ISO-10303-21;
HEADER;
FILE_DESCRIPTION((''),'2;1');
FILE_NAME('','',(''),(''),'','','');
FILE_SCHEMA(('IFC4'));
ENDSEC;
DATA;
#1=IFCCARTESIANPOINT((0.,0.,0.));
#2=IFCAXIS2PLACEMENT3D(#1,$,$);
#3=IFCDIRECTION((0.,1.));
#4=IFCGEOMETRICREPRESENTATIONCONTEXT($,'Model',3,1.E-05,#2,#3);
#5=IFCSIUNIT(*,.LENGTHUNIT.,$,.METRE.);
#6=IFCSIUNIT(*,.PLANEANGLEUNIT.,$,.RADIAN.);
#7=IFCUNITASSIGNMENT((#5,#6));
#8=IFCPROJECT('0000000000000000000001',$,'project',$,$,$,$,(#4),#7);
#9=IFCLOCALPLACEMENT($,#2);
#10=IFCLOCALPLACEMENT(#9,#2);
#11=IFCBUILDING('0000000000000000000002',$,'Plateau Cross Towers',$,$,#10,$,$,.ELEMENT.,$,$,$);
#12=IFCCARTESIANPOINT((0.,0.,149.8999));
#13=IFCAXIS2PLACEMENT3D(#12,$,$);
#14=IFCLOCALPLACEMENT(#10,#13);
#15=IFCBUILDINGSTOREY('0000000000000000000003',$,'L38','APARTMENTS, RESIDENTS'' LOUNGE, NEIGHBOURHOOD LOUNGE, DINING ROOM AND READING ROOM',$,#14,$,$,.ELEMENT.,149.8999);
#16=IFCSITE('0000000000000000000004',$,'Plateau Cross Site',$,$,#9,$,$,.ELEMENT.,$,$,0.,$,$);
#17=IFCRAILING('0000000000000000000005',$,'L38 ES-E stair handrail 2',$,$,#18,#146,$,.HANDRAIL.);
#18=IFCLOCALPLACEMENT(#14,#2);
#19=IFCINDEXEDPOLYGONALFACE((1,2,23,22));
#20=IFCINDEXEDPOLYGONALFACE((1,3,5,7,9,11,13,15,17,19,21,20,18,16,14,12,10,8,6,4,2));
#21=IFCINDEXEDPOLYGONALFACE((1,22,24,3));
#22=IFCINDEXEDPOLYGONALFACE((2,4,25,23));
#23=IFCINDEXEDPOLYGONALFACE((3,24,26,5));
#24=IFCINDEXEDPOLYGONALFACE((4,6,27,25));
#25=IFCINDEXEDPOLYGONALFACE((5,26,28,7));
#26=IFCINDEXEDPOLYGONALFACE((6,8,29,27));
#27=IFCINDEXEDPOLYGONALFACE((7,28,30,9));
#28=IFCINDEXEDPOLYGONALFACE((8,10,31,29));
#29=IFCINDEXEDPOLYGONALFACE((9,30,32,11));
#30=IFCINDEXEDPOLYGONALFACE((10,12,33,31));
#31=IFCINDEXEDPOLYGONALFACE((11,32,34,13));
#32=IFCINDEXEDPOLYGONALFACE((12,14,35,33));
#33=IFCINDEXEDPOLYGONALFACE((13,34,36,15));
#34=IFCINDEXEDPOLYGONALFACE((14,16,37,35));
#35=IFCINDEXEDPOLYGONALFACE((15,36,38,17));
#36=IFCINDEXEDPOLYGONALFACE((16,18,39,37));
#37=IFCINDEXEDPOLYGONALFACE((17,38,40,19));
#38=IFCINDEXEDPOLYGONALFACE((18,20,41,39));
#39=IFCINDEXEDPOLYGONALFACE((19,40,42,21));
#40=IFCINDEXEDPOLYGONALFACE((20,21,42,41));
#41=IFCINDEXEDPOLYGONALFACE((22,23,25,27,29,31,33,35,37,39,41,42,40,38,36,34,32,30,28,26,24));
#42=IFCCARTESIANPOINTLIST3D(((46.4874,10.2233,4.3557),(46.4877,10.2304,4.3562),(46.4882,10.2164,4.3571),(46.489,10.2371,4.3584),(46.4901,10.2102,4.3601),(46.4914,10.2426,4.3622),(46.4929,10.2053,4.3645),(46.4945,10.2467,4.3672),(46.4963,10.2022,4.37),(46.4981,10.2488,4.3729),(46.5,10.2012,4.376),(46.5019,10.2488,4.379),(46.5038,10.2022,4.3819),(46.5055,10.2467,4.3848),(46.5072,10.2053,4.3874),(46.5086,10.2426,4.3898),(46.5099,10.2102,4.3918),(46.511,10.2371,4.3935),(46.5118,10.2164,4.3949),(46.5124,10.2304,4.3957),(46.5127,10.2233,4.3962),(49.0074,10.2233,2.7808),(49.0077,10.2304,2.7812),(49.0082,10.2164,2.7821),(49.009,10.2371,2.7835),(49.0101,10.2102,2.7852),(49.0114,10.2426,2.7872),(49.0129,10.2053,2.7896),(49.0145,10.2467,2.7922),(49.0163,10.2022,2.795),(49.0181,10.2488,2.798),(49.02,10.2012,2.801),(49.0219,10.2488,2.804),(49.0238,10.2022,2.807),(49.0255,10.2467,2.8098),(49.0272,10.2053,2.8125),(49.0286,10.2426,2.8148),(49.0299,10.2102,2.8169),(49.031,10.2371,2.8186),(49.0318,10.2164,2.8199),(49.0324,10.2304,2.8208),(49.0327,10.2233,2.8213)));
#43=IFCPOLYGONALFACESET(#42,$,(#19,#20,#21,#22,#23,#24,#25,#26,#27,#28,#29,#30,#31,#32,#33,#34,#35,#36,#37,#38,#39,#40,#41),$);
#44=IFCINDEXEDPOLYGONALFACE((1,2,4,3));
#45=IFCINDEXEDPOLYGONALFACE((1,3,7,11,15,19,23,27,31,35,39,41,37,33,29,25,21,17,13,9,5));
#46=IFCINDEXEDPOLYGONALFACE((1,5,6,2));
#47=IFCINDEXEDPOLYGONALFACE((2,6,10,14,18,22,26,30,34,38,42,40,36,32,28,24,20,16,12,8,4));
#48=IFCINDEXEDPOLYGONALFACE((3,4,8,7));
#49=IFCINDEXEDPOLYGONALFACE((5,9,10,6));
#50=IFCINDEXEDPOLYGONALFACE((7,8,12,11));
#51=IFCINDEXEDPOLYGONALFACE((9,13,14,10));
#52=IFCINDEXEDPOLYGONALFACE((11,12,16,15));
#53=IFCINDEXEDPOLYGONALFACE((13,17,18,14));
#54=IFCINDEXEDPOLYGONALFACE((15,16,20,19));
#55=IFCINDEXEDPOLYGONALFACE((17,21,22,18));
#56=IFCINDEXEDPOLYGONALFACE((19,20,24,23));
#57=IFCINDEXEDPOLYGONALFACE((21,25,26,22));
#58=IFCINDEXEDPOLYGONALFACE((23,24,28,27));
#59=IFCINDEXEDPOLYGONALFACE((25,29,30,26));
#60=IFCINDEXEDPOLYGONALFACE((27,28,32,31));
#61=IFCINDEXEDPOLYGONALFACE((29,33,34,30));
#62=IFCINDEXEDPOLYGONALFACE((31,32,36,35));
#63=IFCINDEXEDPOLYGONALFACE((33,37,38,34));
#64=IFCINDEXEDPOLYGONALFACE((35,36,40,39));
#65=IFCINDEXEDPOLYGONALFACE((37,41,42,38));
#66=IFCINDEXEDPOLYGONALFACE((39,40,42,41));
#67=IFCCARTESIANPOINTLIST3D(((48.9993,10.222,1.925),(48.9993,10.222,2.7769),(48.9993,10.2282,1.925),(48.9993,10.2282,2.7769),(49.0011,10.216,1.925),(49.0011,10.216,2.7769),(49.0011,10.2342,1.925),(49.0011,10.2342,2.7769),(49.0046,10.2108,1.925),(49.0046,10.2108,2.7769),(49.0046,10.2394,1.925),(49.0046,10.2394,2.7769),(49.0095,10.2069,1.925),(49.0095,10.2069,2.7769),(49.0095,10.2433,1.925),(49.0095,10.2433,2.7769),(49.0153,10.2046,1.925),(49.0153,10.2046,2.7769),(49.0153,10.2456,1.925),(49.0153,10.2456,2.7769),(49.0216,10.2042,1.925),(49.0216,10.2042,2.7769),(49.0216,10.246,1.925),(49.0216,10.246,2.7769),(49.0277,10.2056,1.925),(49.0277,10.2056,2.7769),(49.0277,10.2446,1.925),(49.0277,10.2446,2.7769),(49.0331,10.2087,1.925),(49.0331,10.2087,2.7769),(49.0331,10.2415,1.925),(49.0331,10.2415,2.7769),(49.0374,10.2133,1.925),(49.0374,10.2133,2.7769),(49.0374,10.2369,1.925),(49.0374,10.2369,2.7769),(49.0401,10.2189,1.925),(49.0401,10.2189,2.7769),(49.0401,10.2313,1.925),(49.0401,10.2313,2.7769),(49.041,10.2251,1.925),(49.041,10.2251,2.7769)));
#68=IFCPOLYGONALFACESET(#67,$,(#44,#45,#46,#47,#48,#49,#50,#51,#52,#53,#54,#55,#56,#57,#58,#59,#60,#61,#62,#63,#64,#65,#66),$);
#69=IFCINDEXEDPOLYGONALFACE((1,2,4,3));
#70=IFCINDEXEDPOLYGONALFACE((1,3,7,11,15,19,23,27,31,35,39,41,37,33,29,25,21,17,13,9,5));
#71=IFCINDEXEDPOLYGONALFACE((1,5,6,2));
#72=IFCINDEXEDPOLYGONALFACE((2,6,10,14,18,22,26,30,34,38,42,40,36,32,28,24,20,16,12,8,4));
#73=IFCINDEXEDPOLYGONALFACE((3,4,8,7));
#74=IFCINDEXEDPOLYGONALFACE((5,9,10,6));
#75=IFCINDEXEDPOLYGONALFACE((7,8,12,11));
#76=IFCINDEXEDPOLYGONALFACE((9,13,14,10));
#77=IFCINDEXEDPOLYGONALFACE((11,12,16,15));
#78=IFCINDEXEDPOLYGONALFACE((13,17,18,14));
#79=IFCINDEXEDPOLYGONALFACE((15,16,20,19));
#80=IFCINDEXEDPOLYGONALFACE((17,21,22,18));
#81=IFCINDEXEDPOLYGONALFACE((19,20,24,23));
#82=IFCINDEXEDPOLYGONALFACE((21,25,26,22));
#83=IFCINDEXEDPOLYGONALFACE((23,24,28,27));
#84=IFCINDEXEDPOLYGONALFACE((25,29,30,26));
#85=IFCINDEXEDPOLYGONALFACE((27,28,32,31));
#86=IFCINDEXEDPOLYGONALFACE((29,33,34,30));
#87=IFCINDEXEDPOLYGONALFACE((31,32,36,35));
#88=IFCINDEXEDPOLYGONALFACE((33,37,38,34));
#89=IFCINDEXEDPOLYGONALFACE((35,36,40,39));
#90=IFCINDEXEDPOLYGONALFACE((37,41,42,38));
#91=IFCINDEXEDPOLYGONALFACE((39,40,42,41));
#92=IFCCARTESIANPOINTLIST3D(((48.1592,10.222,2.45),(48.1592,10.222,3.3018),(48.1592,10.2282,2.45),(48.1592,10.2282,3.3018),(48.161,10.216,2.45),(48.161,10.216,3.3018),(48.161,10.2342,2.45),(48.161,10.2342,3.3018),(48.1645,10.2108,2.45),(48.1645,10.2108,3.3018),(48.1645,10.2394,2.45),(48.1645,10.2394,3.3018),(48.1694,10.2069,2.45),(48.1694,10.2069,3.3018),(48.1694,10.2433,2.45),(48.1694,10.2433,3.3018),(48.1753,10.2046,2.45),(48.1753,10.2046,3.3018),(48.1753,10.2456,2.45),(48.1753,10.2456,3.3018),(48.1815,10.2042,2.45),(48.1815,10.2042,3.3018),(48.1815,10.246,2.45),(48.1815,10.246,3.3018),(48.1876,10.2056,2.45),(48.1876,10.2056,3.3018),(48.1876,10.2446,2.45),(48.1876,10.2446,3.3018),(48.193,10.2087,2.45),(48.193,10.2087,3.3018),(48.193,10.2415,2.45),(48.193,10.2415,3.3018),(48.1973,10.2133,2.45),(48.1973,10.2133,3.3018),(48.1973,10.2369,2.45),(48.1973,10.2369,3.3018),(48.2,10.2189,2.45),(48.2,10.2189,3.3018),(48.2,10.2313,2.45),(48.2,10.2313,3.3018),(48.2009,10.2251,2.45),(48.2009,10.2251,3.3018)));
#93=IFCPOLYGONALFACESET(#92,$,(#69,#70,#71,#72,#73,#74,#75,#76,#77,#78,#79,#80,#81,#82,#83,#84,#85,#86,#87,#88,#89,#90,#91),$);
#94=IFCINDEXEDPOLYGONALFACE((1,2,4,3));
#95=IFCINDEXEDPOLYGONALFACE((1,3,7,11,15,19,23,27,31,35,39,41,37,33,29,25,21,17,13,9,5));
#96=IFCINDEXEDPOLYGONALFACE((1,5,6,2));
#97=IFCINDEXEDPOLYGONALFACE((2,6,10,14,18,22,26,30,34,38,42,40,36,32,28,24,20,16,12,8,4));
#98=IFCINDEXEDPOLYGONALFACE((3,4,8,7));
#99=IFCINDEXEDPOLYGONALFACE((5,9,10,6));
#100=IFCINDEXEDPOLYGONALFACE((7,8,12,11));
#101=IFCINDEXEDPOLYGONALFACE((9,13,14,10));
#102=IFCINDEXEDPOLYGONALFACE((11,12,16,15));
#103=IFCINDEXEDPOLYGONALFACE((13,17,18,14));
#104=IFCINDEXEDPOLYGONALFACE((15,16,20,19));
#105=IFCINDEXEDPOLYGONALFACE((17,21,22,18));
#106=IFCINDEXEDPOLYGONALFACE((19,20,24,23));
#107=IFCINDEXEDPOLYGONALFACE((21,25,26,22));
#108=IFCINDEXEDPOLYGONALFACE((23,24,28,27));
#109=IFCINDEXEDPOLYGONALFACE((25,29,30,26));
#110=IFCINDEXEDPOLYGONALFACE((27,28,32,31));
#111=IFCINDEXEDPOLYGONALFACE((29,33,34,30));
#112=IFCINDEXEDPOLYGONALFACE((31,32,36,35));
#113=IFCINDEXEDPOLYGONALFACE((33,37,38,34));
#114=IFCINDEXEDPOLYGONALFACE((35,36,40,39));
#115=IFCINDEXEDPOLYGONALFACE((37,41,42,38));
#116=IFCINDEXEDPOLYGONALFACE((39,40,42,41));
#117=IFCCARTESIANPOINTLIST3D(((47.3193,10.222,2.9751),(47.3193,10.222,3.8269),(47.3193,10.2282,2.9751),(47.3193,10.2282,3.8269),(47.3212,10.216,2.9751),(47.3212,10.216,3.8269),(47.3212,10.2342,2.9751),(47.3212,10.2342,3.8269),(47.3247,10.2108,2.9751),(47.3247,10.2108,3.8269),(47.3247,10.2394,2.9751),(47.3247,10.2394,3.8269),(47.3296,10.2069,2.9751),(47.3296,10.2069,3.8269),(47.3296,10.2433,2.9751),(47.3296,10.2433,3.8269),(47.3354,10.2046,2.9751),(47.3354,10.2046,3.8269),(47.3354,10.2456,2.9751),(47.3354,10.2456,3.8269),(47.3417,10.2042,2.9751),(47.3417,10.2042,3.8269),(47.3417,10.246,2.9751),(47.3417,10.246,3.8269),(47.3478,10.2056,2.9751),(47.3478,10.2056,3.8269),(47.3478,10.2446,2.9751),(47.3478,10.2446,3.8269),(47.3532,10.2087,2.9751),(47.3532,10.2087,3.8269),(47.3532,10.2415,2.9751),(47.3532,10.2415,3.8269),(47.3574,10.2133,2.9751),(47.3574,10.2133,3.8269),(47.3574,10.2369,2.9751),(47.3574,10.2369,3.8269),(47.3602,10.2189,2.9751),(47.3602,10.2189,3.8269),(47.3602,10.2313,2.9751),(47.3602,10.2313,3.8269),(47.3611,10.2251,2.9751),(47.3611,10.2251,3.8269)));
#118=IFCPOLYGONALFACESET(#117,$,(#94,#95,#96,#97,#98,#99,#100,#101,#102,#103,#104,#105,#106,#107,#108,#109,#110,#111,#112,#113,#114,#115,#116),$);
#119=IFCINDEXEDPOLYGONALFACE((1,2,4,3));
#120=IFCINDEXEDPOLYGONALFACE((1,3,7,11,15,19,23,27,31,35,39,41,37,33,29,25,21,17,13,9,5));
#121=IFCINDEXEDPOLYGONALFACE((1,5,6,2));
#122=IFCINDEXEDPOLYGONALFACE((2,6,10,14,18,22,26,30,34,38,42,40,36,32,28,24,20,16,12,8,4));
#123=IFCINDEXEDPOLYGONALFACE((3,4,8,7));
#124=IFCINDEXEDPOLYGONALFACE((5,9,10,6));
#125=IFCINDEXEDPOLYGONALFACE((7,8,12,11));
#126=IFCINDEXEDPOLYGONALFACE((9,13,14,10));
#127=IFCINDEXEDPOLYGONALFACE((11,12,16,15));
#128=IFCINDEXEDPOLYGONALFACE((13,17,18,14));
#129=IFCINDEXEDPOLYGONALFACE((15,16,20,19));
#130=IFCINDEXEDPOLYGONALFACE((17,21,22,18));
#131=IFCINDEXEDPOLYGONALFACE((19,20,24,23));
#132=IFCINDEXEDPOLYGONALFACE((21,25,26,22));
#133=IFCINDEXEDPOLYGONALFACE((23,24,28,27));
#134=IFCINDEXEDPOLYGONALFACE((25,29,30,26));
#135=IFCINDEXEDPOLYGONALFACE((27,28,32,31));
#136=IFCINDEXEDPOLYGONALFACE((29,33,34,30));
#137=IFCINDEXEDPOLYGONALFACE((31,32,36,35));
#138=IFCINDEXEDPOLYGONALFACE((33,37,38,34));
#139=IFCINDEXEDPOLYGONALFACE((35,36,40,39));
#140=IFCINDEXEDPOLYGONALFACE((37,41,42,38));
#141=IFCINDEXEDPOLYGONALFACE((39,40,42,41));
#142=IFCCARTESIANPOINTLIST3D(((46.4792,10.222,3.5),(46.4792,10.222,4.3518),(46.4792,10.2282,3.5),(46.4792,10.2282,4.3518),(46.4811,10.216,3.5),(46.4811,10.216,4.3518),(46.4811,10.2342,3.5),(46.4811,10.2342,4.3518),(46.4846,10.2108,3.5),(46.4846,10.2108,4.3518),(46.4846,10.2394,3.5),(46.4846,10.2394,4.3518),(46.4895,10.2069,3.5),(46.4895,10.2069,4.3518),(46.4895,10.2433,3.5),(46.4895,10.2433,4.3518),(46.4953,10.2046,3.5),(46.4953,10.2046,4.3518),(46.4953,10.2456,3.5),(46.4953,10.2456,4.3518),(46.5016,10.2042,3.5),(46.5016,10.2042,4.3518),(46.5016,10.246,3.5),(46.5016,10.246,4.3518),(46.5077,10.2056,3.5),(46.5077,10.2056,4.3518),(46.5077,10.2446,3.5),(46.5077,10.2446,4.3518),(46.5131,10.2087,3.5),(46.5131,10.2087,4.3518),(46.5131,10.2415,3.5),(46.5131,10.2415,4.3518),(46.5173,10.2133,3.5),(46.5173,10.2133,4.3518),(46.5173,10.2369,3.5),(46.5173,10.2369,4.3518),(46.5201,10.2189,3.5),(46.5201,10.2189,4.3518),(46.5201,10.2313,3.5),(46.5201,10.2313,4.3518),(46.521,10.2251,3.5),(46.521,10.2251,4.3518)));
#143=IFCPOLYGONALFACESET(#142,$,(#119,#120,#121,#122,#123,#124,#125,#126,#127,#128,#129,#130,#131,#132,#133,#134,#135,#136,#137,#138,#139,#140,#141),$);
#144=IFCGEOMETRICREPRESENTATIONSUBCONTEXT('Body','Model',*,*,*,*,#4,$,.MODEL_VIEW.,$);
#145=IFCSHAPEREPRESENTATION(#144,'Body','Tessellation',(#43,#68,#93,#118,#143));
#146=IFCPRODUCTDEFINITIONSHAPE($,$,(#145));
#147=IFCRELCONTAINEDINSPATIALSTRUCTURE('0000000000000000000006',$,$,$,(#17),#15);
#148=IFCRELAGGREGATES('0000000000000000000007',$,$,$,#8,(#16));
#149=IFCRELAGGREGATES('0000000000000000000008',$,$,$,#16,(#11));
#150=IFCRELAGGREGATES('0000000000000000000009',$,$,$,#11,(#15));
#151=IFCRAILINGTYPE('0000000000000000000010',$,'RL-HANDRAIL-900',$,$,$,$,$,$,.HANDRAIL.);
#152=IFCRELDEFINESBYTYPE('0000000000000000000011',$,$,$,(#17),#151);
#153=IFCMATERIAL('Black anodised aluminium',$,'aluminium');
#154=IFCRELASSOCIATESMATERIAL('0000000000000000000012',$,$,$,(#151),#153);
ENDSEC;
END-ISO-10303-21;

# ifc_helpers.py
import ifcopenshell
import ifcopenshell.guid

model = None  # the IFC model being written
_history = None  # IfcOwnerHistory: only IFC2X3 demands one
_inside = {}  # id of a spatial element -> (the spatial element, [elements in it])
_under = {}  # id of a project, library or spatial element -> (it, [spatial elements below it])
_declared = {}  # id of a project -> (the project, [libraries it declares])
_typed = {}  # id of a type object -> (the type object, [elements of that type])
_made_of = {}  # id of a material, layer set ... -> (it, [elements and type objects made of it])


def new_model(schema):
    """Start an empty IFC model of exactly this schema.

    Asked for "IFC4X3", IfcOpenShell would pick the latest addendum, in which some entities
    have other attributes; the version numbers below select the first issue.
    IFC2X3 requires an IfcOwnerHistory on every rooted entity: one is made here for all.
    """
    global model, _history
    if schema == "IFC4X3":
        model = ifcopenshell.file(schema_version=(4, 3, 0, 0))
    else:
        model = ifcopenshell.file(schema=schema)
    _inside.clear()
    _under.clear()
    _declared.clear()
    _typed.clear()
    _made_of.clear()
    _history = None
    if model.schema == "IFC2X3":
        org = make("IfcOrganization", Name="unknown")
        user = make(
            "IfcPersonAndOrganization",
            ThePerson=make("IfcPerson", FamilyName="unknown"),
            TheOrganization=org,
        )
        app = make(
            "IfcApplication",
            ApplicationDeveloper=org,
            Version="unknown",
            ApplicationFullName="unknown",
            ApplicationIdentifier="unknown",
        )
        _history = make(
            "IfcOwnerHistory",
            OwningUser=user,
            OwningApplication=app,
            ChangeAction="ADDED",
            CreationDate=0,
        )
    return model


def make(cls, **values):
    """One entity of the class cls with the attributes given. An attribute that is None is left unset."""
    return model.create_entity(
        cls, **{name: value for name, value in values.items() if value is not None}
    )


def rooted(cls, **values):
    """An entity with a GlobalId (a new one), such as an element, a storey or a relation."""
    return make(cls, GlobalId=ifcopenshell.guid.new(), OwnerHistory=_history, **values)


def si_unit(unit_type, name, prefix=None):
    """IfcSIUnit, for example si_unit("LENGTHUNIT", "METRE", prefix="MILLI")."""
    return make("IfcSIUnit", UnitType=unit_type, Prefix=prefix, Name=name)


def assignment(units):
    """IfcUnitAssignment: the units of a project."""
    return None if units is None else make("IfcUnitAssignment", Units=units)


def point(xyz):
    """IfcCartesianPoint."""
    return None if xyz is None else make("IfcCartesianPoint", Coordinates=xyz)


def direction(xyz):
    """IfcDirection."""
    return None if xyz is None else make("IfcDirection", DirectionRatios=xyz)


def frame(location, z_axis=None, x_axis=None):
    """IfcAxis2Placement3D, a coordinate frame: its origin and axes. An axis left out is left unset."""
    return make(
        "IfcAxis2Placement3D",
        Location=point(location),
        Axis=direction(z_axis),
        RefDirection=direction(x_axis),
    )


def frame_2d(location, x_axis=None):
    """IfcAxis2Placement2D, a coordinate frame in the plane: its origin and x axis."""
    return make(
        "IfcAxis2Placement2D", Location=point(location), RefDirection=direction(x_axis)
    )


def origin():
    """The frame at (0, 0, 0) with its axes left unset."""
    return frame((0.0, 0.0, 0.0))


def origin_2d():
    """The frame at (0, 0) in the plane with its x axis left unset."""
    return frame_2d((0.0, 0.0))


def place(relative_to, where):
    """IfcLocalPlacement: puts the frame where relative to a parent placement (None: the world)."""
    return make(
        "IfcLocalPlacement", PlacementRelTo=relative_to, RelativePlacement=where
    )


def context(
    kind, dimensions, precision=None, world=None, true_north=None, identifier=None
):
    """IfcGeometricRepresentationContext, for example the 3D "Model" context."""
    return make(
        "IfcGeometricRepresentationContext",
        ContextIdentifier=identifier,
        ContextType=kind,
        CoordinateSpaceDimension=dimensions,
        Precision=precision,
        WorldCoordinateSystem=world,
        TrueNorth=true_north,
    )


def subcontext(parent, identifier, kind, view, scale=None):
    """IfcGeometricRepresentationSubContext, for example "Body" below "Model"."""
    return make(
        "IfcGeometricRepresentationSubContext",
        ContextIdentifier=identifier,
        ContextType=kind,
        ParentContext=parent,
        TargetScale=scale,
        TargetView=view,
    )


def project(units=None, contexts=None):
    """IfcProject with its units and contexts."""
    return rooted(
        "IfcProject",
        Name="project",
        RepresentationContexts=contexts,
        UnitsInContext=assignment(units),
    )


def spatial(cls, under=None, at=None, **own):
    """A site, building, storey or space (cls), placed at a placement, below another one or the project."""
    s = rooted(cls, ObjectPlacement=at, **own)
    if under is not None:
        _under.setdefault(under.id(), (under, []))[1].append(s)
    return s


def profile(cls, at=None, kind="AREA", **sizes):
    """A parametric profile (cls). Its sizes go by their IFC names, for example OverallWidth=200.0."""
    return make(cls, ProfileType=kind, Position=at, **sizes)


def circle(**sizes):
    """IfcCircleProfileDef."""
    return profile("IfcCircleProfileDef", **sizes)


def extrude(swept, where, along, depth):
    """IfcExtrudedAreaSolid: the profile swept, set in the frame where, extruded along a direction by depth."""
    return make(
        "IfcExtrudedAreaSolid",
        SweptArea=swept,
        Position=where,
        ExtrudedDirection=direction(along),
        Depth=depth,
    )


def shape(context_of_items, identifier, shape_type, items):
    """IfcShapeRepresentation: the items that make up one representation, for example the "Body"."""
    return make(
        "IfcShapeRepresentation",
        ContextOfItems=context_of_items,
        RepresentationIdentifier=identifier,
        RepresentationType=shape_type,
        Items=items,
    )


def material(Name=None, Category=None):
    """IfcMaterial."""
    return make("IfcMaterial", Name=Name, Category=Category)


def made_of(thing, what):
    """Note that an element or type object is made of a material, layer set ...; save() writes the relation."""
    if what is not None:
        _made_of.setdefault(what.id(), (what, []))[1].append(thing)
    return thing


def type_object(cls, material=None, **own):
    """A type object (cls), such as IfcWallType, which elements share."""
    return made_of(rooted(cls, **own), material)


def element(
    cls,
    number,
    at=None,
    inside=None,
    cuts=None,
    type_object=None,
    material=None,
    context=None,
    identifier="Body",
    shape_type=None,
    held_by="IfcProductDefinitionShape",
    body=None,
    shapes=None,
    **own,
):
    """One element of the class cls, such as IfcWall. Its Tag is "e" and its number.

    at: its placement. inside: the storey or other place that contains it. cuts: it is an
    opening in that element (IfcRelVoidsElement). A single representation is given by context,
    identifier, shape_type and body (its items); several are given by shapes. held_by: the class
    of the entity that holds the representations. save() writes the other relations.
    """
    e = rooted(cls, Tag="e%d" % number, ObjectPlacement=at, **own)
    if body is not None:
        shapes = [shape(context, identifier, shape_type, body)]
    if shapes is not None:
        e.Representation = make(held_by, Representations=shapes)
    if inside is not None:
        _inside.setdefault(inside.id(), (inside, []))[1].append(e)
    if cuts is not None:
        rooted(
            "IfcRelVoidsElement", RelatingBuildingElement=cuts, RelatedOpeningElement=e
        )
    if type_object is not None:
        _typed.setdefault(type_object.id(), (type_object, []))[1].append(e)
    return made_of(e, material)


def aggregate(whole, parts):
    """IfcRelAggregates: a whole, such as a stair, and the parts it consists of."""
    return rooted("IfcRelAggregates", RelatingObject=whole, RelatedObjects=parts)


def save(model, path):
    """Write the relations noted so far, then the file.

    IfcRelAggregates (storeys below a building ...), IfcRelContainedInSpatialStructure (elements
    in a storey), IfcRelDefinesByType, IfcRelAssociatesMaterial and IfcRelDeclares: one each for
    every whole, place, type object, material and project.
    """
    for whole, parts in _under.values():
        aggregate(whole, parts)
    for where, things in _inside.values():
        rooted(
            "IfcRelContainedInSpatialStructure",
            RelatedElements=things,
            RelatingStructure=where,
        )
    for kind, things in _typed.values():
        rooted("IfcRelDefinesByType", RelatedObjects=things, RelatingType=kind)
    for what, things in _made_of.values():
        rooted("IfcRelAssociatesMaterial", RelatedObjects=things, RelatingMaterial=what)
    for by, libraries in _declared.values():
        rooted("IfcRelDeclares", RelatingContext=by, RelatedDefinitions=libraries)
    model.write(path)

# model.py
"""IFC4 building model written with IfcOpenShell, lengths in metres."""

from ifc_helpers import new_model, si_unit, direction, frame, origin, origin_2d, place, context, subcontext, project, spatial, circle, extrude, material, type_object, element, save


model = new_model("IFC4")

# Units and contexts
model_context = context("Model", 3, precision=1e-05, world=origin(), true_north=direction((0.0, 1.0)))
body_context = subcontext(model_context, "Body", "Model", "MODEL_VIEW")
ifc_project = project(units=[si_unit("LENGTHUNIT", "METRE"), si_unit("PLANEANGLEUNIT", "RADIAN")], contexts=[model_context])

# Site, building, storey
site_placement = place(None, origin())
site = spatial("IfcSite", under=ifc_project, at=site_placement, Name="Plateau Cross Site", CompositionType="ELEMENT", RefElevation=0.0)
building_placement = place(site_placement, origin())
building = spatial("IfcBuilding", under=site, at=building_placement, Name="Plateau Cross Towers", CompositionType="ELEMENT")
storey_placement = place(building_placement, frame((0.0, 0.0, 149.8999)))
storey = spatial("IfcBuildingStorey", under=building, at=storey_placement, Name="L38", Description="APARTMENTS, RESIDENTS' LOUNGE, NEIGHBOURHOOD LOUNGE, DINING ROOM AND READING ROOM", CompositionType="ELEMENT", Elevation=149.8999)

# Shared definitions
ifc_material_1 = material(Name="Black anodised aluminium", Category="aluminium")

# Railing
railing_type_1 = type_object("IfcRailingType", Name="RL-HANDRAIL-900", PredefinedType="HANDRAIL", material=ifc_material_1)
railing_1_placement = place(storey_placement, frame((49.02, 10.2251, 1.925)))
element("IfcRailing", 1, at=railing_1_placement, inside=storey, type_object=railing_type_1, Name="L38 ES-E stair handrail 2", PredefinedType="HANDRAIL", context=body_context, shape_type="SweptSolid", body=[
    extrude(circle(Radius=0.0239, at=origin_2d()), frame((0.0, 0.0, 0.876), z_axis=(-0.848008, 0.0, 0.529984), x_axis=(0.0, -1.0, 0.0)), (0.0, 0.0, 1.0), 2.9717),
    extrude(circle(Radius=0.021, at=origin_2d()), origin(), (0.0, 0.0, 1.0), 0.8518),
    extrude(circle(Radius=0.021, at=origin_2d()), frame((-0.8401, 0.0, 0.5249)), (0.0, 0.0, 1.0), 0.8518),
    extrude(circle(Radius=0.021, at=origin_2d()), frame((-1.6799, 0.0, 1.05)), (0.0, 0.0, 1.0), 0.8518),
    extrude(circle(Radius=0.021, at=origin_2d()), frame((-2.52, 0.0, 1.575)), (0.0, 0.0, 1.0), 0.8518),
])

save(model, "model.ifc")
